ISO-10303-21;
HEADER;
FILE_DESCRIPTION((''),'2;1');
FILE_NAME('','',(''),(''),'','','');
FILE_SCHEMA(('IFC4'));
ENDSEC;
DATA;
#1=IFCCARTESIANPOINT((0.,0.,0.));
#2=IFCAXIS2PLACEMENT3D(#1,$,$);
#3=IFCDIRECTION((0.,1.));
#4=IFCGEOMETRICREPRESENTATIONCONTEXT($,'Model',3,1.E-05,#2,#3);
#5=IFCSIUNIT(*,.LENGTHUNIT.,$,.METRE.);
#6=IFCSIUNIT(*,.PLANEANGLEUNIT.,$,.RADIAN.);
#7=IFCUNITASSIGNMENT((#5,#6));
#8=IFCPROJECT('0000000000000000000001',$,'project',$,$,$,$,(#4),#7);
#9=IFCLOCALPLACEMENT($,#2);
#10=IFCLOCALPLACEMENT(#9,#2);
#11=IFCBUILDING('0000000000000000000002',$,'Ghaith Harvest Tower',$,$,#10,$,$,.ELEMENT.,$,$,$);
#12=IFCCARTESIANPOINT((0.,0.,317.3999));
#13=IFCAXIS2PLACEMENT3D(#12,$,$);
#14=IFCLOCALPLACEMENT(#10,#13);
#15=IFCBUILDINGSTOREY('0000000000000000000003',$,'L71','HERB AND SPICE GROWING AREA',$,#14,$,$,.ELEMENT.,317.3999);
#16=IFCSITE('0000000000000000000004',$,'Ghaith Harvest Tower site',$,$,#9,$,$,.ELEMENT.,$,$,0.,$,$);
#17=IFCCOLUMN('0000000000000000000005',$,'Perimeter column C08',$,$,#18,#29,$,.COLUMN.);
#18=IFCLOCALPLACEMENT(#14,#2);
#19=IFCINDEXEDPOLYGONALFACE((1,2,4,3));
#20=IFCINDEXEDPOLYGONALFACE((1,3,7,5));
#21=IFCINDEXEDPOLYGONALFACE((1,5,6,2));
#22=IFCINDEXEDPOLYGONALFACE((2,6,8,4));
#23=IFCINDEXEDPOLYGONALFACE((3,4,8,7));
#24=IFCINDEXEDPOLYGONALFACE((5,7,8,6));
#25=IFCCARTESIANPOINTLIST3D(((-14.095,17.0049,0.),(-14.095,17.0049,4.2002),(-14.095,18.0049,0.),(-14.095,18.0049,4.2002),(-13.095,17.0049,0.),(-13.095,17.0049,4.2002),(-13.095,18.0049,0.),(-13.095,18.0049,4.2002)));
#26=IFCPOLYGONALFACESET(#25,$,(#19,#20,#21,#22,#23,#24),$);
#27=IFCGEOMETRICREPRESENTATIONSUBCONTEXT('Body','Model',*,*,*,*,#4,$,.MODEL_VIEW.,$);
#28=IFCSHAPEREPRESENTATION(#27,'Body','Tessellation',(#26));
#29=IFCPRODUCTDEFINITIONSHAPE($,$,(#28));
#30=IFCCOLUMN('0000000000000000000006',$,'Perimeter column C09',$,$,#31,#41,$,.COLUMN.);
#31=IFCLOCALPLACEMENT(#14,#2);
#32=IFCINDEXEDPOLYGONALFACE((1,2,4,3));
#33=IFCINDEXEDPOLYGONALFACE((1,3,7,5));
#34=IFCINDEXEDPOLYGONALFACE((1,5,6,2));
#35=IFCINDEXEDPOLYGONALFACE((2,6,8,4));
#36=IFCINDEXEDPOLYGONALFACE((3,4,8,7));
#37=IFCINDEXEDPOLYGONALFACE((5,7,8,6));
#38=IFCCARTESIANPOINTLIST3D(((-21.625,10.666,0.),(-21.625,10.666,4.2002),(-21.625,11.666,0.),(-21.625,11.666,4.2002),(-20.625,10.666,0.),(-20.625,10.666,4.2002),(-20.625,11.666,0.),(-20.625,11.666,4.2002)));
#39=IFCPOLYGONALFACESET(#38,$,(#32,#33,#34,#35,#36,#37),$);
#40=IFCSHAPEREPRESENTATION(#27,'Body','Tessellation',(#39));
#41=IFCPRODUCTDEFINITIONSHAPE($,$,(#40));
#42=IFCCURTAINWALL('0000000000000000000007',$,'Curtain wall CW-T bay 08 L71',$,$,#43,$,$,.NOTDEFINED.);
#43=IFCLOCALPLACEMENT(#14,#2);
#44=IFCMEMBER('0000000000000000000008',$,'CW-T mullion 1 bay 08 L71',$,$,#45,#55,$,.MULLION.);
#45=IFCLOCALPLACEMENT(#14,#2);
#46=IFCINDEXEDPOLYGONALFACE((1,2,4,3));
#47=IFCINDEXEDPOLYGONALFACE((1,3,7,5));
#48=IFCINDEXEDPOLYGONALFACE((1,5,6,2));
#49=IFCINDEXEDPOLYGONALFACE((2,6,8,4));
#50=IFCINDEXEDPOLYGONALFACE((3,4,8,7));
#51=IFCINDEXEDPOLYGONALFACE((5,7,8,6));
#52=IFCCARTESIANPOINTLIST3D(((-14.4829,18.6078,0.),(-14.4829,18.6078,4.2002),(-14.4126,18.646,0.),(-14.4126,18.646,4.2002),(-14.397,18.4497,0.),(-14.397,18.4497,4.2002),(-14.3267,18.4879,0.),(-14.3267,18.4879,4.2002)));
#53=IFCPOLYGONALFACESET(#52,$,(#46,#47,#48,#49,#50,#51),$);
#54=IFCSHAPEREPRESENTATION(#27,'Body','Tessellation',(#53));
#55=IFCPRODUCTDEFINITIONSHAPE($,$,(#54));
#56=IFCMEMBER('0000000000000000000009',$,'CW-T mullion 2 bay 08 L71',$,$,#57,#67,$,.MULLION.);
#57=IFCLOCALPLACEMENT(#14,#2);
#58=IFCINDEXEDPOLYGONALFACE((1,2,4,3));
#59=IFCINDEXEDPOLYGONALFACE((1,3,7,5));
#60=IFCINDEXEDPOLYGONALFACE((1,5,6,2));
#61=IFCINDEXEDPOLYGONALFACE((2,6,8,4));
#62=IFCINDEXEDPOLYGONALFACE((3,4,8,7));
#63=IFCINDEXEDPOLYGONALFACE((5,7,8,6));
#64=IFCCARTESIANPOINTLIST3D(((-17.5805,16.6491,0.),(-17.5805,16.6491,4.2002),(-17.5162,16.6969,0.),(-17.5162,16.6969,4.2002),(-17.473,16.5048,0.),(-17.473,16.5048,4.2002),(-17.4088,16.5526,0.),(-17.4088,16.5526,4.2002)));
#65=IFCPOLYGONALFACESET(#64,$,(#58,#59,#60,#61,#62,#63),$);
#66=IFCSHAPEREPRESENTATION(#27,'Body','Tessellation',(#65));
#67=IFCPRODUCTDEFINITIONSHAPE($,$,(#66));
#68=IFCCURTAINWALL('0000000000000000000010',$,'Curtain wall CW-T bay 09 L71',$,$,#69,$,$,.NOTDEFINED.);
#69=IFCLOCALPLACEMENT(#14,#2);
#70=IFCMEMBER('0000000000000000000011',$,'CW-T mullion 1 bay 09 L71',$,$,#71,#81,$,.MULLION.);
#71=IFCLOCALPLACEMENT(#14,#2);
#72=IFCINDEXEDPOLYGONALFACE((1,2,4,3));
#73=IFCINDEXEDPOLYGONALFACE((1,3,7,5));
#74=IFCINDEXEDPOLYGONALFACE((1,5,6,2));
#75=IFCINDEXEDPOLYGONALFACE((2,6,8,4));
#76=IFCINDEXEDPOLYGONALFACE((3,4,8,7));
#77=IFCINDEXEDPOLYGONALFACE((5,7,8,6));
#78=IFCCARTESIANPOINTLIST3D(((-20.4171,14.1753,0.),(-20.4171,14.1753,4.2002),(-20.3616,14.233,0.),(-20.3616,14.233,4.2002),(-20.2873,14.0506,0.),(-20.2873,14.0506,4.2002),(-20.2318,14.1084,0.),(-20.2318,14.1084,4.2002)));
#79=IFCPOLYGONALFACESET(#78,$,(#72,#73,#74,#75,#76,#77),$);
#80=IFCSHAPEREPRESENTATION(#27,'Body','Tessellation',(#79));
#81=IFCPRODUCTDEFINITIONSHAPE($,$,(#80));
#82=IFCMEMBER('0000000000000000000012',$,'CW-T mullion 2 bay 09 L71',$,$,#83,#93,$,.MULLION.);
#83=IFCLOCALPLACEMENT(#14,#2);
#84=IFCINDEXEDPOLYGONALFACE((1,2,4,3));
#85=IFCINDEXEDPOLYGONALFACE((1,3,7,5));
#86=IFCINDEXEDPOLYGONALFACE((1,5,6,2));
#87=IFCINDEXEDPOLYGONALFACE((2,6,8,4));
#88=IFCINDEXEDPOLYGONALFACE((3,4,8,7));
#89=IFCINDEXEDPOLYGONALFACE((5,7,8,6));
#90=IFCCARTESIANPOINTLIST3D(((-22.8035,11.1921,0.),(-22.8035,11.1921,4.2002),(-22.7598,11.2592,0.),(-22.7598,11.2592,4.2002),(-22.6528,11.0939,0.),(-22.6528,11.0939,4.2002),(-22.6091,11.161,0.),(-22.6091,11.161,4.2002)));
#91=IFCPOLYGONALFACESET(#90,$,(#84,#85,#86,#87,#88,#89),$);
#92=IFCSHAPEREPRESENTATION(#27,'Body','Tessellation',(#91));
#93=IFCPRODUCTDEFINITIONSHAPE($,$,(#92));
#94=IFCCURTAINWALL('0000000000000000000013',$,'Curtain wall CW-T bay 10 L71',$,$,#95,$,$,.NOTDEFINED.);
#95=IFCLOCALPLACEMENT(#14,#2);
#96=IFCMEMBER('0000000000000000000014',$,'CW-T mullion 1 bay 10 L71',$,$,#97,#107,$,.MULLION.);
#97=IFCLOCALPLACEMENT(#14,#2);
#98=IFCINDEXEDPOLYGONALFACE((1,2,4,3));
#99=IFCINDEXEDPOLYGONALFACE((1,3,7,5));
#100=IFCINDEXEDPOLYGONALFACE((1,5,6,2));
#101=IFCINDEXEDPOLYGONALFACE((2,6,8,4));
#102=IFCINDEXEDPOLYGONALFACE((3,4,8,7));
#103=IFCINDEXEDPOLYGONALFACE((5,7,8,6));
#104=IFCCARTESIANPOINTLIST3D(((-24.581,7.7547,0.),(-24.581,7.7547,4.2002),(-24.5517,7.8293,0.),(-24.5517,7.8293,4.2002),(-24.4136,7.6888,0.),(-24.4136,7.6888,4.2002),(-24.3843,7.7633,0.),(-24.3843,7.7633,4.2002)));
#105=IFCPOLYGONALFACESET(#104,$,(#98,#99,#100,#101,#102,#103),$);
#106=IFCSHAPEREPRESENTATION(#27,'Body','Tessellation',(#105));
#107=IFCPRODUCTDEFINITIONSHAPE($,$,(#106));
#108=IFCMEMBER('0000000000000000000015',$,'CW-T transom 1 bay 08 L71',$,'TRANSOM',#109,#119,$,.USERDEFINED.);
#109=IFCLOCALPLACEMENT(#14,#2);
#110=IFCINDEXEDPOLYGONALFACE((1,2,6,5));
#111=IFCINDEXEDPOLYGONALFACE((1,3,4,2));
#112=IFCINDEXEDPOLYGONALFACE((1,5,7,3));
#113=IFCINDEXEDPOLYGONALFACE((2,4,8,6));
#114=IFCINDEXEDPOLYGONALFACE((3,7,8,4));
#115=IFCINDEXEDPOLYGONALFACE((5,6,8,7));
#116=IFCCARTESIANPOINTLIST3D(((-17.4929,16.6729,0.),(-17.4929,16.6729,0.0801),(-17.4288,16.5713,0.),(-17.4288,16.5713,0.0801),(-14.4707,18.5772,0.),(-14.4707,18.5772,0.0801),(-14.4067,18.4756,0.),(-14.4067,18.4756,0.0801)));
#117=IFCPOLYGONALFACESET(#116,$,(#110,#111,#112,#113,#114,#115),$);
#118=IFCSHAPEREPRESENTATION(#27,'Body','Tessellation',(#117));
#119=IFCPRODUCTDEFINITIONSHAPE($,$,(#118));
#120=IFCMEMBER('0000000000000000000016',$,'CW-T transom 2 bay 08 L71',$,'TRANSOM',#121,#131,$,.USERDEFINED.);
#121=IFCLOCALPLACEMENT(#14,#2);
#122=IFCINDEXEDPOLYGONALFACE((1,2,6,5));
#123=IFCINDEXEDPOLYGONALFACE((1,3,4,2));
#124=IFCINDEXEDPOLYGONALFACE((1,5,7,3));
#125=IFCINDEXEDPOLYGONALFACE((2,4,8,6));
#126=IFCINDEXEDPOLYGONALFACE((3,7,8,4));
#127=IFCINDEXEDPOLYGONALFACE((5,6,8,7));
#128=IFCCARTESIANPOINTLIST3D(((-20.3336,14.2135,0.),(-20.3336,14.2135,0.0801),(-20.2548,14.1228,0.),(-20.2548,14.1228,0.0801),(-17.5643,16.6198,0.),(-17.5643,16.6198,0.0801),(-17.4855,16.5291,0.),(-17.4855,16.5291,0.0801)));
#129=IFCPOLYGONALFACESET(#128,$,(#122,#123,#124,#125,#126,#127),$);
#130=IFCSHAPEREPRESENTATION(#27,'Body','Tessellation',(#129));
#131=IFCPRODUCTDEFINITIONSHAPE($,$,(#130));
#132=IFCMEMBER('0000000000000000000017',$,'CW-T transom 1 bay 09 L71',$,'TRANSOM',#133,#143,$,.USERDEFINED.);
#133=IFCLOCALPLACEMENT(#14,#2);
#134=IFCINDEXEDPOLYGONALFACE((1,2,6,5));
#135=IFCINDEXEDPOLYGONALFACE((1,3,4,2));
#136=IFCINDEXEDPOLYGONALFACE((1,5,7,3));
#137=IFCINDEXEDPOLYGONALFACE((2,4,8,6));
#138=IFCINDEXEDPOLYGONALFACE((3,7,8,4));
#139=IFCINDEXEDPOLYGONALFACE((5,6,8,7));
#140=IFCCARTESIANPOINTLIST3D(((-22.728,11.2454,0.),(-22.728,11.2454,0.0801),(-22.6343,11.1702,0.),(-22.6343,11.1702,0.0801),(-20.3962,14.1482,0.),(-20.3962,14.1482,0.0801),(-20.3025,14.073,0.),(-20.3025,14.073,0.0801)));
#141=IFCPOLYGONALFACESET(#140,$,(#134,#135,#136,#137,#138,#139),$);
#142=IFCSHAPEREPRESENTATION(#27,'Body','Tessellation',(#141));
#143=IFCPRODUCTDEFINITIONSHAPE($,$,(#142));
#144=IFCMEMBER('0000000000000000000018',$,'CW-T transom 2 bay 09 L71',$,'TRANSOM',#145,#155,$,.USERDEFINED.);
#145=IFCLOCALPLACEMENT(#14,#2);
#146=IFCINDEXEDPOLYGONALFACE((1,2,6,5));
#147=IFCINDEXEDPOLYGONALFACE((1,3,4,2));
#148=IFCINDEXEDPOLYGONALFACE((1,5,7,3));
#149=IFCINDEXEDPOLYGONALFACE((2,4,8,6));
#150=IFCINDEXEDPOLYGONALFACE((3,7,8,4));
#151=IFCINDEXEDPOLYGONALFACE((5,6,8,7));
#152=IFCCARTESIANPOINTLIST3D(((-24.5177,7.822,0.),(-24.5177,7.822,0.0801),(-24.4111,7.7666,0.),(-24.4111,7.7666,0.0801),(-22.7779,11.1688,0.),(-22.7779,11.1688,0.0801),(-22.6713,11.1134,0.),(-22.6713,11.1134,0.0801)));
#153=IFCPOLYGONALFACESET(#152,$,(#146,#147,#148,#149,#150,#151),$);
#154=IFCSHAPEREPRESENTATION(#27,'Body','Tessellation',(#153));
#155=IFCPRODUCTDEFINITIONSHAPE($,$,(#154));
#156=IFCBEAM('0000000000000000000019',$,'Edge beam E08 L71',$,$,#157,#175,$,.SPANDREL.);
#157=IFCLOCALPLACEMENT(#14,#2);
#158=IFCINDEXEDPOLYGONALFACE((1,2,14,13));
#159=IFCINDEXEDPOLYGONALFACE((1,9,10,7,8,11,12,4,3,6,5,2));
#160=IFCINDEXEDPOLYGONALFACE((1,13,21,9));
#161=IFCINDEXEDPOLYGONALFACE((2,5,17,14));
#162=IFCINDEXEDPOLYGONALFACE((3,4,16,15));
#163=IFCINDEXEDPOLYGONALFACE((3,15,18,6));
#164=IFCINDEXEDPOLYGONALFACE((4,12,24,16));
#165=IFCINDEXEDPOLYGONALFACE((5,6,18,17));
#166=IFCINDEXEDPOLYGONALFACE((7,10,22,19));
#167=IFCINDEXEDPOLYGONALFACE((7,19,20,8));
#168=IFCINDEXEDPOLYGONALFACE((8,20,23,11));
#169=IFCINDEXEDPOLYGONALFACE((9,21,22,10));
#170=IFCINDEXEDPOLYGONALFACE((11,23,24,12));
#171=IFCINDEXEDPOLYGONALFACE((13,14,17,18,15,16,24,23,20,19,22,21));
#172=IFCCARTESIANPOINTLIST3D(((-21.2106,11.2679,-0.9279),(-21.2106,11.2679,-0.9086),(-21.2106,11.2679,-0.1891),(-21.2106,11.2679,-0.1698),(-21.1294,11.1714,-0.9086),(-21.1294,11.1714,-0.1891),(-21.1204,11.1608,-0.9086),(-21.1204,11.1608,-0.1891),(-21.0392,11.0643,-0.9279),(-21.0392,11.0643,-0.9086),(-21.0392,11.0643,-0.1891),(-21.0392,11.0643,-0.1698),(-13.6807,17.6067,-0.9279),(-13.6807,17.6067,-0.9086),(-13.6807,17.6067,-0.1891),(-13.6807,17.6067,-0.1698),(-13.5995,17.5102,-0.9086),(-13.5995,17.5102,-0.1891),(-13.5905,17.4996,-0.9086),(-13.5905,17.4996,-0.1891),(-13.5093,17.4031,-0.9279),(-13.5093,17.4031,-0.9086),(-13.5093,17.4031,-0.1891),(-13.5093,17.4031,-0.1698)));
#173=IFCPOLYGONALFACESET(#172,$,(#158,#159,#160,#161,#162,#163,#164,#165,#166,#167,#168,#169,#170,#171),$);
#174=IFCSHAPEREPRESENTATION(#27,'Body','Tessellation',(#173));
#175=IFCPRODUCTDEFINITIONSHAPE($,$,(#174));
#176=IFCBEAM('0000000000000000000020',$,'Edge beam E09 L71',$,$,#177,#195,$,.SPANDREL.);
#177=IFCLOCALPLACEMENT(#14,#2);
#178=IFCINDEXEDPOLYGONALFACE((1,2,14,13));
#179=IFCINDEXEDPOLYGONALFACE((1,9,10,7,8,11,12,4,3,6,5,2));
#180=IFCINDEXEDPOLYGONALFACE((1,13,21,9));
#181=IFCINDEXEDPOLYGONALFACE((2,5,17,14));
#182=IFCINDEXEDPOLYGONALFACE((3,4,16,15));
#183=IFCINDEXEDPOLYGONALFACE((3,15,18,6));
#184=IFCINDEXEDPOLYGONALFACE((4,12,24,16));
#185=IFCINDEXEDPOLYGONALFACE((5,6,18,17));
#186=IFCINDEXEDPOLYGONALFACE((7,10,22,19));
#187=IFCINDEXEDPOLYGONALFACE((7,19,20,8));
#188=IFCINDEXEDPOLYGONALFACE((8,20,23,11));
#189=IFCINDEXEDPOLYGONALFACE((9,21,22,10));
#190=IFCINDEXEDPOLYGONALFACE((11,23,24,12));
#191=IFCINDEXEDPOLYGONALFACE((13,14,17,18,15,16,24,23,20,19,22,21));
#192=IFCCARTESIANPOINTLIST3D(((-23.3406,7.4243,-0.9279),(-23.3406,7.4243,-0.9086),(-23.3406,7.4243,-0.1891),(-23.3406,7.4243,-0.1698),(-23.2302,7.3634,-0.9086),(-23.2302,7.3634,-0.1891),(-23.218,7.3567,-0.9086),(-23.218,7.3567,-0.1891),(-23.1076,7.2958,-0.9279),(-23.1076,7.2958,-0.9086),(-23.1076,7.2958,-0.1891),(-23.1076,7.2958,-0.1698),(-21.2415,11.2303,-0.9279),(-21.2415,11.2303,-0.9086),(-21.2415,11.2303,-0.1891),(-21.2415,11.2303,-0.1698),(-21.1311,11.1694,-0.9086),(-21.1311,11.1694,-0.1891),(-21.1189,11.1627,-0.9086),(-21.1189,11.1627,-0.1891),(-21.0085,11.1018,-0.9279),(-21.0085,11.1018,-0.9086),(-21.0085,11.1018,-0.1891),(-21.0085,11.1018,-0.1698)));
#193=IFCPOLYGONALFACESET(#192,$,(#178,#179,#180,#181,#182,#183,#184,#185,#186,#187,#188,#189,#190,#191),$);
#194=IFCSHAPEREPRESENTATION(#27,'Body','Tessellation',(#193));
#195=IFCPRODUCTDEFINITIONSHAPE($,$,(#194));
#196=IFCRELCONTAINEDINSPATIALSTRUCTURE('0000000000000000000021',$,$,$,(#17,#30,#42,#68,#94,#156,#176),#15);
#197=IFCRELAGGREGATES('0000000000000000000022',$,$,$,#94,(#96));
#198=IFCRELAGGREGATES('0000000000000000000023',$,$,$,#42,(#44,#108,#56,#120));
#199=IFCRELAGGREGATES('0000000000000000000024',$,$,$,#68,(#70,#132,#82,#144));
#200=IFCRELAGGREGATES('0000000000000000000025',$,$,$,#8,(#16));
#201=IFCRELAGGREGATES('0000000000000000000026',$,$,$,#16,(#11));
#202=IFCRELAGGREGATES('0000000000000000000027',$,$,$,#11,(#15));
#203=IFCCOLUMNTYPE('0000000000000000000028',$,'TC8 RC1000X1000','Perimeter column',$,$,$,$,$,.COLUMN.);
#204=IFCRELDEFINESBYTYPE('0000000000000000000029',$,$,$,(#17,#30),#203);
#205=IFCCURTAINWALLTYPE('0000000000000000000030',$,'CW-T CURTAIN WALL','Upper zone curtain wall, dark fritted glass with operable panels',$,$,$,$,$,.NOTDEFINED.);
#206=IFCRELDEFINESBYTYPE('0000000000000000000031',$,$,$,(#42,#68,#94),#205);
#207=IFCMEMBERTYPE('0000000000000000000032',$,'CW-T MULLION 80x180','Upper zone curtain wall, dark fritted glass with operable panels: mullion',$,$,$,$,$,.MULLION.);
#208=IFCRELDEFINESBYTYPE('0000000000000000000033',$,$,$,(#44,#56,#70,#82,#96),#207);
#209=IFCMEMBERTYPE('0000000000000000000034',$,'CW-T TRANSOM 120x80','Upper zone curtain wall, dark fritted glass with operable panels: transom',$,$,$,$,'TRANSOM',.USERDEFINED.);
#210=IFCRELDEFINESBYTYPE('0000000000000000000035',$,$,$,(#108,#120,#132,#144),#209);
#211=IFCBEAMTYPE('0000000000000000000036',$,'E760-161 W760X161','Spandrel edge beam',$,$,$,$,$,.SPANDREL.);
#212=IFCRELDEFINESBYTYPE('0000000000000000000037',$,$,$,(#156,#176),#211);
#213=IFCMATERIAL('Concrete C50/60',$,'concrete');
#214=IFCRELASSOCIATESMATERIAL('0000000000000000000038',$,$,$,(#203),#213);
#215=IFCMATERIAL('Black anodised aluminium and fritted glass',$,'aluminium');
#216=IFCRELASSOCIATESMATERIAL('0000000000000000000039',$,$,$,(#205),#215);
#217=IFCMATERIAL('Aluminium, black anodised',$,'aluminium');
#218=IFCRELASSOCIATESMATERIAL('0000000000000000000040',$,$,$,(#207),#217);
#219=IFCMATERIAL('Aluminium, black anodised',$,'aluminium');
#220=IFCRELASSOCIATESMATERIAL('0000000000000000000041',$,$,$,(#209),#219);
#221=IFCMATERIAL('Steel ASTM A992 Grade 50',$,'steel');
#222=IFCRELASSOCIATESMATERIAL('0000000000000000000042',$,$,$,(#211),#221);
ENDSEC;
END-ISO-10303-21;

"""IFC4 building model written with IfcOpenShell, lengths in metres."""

from ifc_helpers import new_model, si_unit, direction, frame, origin, origin_2d, place, context, subcontext, project, spatial, rectangle, i_section, extrude, material, material_profile, profile_set, type_object, element, aggregate, save


model = new_model("IFC4")

# Units and contexts
model_context = context("Model", 3, precision=1e-05, world=origin(), true_north=direction((0.0, 1.0)))
body_context = subcontext(model_context, "Body", "Model", "MODEL_VIEW")
ifc_project = project(units=[si_unit("LENGTHUNIT", "METRE"), si_unit("PLANEANGLEUNIT", "RADIAN")], contexts=[model_context])

# Site, building, storey
site_placement = place(None, origin())
site = spatial("IfcSite", under=ifc_project, at=site_placement, Name="Ghaith Harvest Tower site", CompositionType="ELEMENT", RefElevation=0.0)
building_placement = place(site_placement, origin())
building = spatial("IfcBuilding", under=site, at=building_placement, Name="Ghaith Harvest Tower", CompositionType="ELEMENT")
storey_placement = place(building_placement, frame((0.0, 0.0, 317.3999)))
storey = spatial("IfcBuildingStorey", under=building, at=storey_placement, Name="L71", Description="HERB AND SPICE GROWING AREA", CompositionType="ELEMENT", Elevation=317.3999)

# Columns
ifc_material_1 = material(Name="Concrete C50/60", Category="concrete")
ifc_material_profile_1 = material_profile(ifc_material_1, rectangle(XDim=1.0, YDim=1.0, at=origin_2d()), Name="RC1000X1000")
ifc_profile_set_1 = profile_set([ifc_material_profile_1], Name="Concrete C50/60")
column_type = type_object("IfcColumnType", Name="TC8 RC1000X1000", Description="Perimeter column", PredefinedType="COLUMN", material=ifc_profile_set_1)
for number, where, z_axis, x_axis, name in (
    (1, (-13.595, 17.5049, 0.0), (0.0, 0.0, 1.0), (1.0, 0.0, 0.0), "Perimeter column C08"),
    (2, (-21.125, 11.166, 0.0), (0.0, 0.0, 1.0), (1.0, 0.0, 0.0), "Perimeter column C09"),
):
    element("IfcColumn", number, at=place(storey_placement, frame(where, z_axis=z_axis, x_axis=x_axis)), inside=storey, type_object=column_type, Name=name, PredefinedType="COLUMN", context=body_context, shape_type="SweptSolid", body=[
        extrude(rectangle(XDim=1.0, YDim=1.0, at=origin_2d()), origin(), (0.0, 0.0, 1.0), 4.2002),
    ])

# Curtain walls, members
ifc_material_2 = material(Name="Black anodised aluminium and fritted glass", Category="aluminium")
curtain_wall_type = type_object("IfcCurtainWallType", Name="CW-T CURTAIN WALL", Description="Upper zone curtain wall, dark fritted glass with operable panels", PredefinedType="NOTDEFINED", material=ifc_material_2)
curtain_wall_1_placement = place(storey_placement, origin())
curtain_wall_1 = element("IfcCurtainWall", 3, at=curtain_wall_1_placement, inside=storey, type_object=curtain_wall_type, Name="Curtain wall CW-T bay 08 L71", PredefinedType="NOTDEFINED")
ifc_material_3 = material(Name="Aluminium, black anodised", Category="aluminium")
ifc_material_profile_2 = material_profile(ifc_material_3, rectangle(XDim=0.0801, YDim=0.1799, at=origin_2d()), Name="CW-T MULLION 80x180")
ifc_profile_set_2 = profile_set([ifc_material_profile_2], Name="Aluminium, black anodised")
member_type_1 = type_object("IfcMemberType", Name="CW-T MULLION 80x180", Description="Upper zone curtain wall, dark fritted glass with operable panels: mullion", PredefinedType="MULLION", material=ifc_profile_set_2)
member_1_placement = place(storey_placement, frame((-14.4048, 18.5479, 0.0), z_axis=(0.0, 0.0, 1.0), x_axis=(-0.878672, -0.477426, 0.0)))
member_1 = element("IfcMember", 4, at=member_1_placement, type_object=member_type_1, Name="CW-T mullion 1 bay 08 L71", PredefinedType="MULLION", context=body_context, shape_type="SweptSolid", body=[
    extrude(rectangle(XDim=0.0801, YDim=0.1799, at=origin_2d()), origin(), (0.0, 0.0, 1.0), 4.2002),
])
member_2_placement = place(storey_placement, frame((-17.4946, 16.6008, 0.0), z_axis=(0.0, 0.0, 1.0), x_axis=(-0.80219, -0.597069, 0.0)))
member_2 = element("IfcMember", 5, at=member_2_placement, type_object=member_type_1, Name="CW-T mullion 2 bay 08 L71", PredefinedType="MULLION", context=body_context, shape_type="SweptSolid", body=[
    extrude(rectangle(XDim=0.0801, YDim=0.1799, at=origin_2d()), origin(), (0.0, 0.0, 1.0), 4.2002),
])
curtain_wall_2_placement = place(storey_placement, origin())
curtain_wall_2 = element("IfcCurtainWall", 6, at=curtain_wall_2_placement, inside=storey, type_object=curtain_wall_type, Name="Curtain wall CW-T bay 09 L71", PredefinedType="NOTDEFINED")
member_3_placement = place(storey_placement, frame((-20.3245, 14.1418, 0.0), z_axis=(0.0, 0.0, 1.0), x_axis=(-0.692826, -0.721104, 0.0)))
member_3 = element("IfcMember", 7, at=member_3_placement, type_object=member_type_1, Name="CW-T mullion 1 bay 09 L71", PredefinedType="MULLION", context=body_context, shape_type="SweptSolid", body=[
    extrude(rectangle(XDim=0.0801, YDim=0.1799, at=origin_2d()), origin(), (0.0, 0.0, 1.0), 4.2002),
])
member_4_placement = place(storey_placement, frame((-22.7063, 11.1765, 0.0), z_axis=(0.0, 0.0, 1.0), x_axis=(-0.545865, -0.837873, 0.0)))
member_4 = element("IfcMember", 8, at=member_4_placement, type_object=member_type_1, Name="CW-T mullion 2 bay 09 L71", PredefinedType="MULLION", context=body_context, shape_type="SweptSolid", body=[
    extrude(rectangle(XDim=0.0801, YDim=0.1799, at=origin_2d()), origin(), (0.0, 0.0, 1.0), 4.2002),
])

# Curtain wall, member
curtain_wall_3_placement = place(storey_placement, origin())
curtain_wall_3 = element("IfcCurtainWall", 9, at=curtain_wall_3_placement, inside=storey, type_object=curtain_wall_type, Name="Curtain wall CW-T bay 10 L71", PredefinedType="NOTDEFINED")
member_5_placement = place(storey_placement, frame((-24.4827, 7.759, 0.0), z_axis=(0.0, 0.0, 1.0), x_axis=(-0.366473, -0.930429, 0.0)))
member_5 = element("IfcMember", 10, at=member_5_placement, type_object=member_type_1, Name="CW-T mullion 1 bay 10 L71", PredefinedType="MULLION", context=body_context, shape_type="SweptSolid", body=[
    extrude(rectangle(XDim=0.0801, YDim=0.1799, at=origin_2d()), origin(), (0.0, 0.0, 1.0), 4.2002),
])
aggregate(curtain_wall_3, [member_5])

# Members
ifc_material_4 = material(Name="Aluminium, black anodised", Category="aluminium")
ifc_material_profile_3 = material_profile(ifc_material_4, rectangle(XDim=0.1201, YDim=0.0801, at=origin_2d()), Name="CW-T TRANSOM 120x80")
ifc_profile_set_3 = profile_set([ifc_material_profile_3], Name="Aluminium, black anodised")
member_type_2 = type_object("IfcMemberType", Name="CW-T TRANSOM 120x80", Description="Upper zone curtain wall, dark fritted glass with operable panels: transom", ElementType="TRANSOM", PredefinedType="USERDEFINED", material=ifc_profile_set_3)
member_6_placement = place(storey_placement, frame((-14.4387, 18.5264, 0.04), z_axis=(-0.846054, -0.533098, 0.0), x_axis=(0.533098, -0.846054, 0.0)))
member_6 = element("IfcMember", 11, at=member_6_placement, type_object=member_type_2, Name="CW-T transom 1 bay 08 L71", ObjectType="TRANSOM", PredefinedType="USERDEFINED", context=body_context, shape_type="SweptSolid", body=[
    extrude(rectangle(XDim=0.1201, YDim=0.0801, at=origin_2d()), origin(), (0.0, 0.0, 1.0), 3.572),
])
member_7_placement = place(storey_placement, frame((-17.5249, 16.5745, 0.04), z_axis=(-0.754852, -0.655895, 0.0), x_axis=(0.655895, -0.754852, 0.0)))
member_7 = element("IfcMember", 12, at=member_7_placement, type_object=member_type_2, Name="CW-T transom 2 bay 08 L71", ObjectType="TRANSOM", PredefinedType="USERDEFINED", context=body_context, shape_type="SweptSolid", body=[
    extrude(rectangle(XDim=0.1201, YDim=0.0801, at=origin_2d()), origin(), (0.0, 0.0, 1.0), 3.6687),
])
member_8_placement = place(storey_placement, frame((-20.3494, 14.1106, 0.04), z_axis=(-0.626253, -0.77962, 0.0), x_axis=(0.77962, -0.626253, 0.0)))
member_8 = element("IfcMember", 13, at=member_8_placement, type_object=member_type_2, Name="CW-T transom 1 bay 09 L71", ObjectType="TRANSOM", PredefinedType="USERDEFINED", context=body_context, shape_type="SweptSolid", body=[
    extrude(rectangle(XDim=0.1201, YDim=0.0801, at=origin_2d()), origin(), (0.0, 0.0, 1.0), 3.7234),
])
member_9_placement = place(storey_placement, frame((-22.7246, 11.1411, 0.04), z_axis=(-0.461243, -0.887274, 0.0), x_axis=(0.887274, -0.461243, 0.0)))
member_9 = element("IfcMember", 14, at=member_9_placement, type_object=member_type_2, Name="CW-T transom 2 bay 09 L71", ObjectType="TRANSOM", PredefinedType="USERDEFINED", context=body_context, shape_type="SweptSolid", body=[
    extrude(rectangle(XDim=0.1201, YDim=0.0801, at=origin_2d()), origin(), (0.0, 0.0, 1.0), 3.772),
])

# Beams
ifc_material_5 = material(Name="Steel ASTM A992 Grade 50", Category="steel")
ifc_material_profile_4 = material_profile(ifc_material_5, i_section(OverallWidth=0.2661, OverallDepth=0.7581, WebThickness=0.0139, FlangeThickness=0.0193, at=origin_2d()), Name="W760X161")
ifc_profile_set_4 = profile_set([ifc_material_profile_4], Name="Steel ASTM A992 Grade 50")
beam_type = type_object("IfcBeamType", Name="E760-161 W760X161", Description="Spandrel edge beam", PredefinedType="SPANDREL", material=ifc_profile_set_4)
beam_1_placement = place(storey_placement, frame((-13.595, 17.5049, -0.5488), z_axis=(-0.765022, -0.644004, 0.0), x_axis=(0.644004, -0.765022, 0.0)))
element("IfcBeam", 15, at=beam_1_placement, inside=storey, type_object=beam_type, Name="Edge beam E08 L71", PredefinedType="SPANDREL", context=body_context, shape_type="SweptSolid", body=[
    extrude(i_section(OverallWidth=0.2661, OverallDepth=0.7581, WebThickness=0.0139, FlangeThickness=0.0193, at=origin_2d()), origin(), (0.0, 0.0, 1.0), 9.8428),
])
beam_2_placement = place(storey_placement, frame((-21.125, 11.166, -0.5488), z_axis=(-0.482956, -0.875645, 0.0), x_axis=(0.875645, -0.482956, 0.0)))
element("IfcBeam", 16, at=beam_2_placement, inside=storey, type_object=beam_type, Name="Edge beam E09 L71", PredefinedType="SPANDREL", context=body_context, shape_type="SweptSolid", body=[
    extrude(i_section(OverallWidth=0.2661, OverallDepth=0.7581, WebThickness=0.0139, FlangeThickness=0.0193, at=origin_2d()), origin(), (0.0, 0.0, 1.0), 4.3464),
])

aggregate(curtain_wall_1, [member_1, member_6, member_2, member_7])
aggregate(curtain_wall_2, [member_3, member_8, member_4, member_9])

save(model, "model.ifc")
